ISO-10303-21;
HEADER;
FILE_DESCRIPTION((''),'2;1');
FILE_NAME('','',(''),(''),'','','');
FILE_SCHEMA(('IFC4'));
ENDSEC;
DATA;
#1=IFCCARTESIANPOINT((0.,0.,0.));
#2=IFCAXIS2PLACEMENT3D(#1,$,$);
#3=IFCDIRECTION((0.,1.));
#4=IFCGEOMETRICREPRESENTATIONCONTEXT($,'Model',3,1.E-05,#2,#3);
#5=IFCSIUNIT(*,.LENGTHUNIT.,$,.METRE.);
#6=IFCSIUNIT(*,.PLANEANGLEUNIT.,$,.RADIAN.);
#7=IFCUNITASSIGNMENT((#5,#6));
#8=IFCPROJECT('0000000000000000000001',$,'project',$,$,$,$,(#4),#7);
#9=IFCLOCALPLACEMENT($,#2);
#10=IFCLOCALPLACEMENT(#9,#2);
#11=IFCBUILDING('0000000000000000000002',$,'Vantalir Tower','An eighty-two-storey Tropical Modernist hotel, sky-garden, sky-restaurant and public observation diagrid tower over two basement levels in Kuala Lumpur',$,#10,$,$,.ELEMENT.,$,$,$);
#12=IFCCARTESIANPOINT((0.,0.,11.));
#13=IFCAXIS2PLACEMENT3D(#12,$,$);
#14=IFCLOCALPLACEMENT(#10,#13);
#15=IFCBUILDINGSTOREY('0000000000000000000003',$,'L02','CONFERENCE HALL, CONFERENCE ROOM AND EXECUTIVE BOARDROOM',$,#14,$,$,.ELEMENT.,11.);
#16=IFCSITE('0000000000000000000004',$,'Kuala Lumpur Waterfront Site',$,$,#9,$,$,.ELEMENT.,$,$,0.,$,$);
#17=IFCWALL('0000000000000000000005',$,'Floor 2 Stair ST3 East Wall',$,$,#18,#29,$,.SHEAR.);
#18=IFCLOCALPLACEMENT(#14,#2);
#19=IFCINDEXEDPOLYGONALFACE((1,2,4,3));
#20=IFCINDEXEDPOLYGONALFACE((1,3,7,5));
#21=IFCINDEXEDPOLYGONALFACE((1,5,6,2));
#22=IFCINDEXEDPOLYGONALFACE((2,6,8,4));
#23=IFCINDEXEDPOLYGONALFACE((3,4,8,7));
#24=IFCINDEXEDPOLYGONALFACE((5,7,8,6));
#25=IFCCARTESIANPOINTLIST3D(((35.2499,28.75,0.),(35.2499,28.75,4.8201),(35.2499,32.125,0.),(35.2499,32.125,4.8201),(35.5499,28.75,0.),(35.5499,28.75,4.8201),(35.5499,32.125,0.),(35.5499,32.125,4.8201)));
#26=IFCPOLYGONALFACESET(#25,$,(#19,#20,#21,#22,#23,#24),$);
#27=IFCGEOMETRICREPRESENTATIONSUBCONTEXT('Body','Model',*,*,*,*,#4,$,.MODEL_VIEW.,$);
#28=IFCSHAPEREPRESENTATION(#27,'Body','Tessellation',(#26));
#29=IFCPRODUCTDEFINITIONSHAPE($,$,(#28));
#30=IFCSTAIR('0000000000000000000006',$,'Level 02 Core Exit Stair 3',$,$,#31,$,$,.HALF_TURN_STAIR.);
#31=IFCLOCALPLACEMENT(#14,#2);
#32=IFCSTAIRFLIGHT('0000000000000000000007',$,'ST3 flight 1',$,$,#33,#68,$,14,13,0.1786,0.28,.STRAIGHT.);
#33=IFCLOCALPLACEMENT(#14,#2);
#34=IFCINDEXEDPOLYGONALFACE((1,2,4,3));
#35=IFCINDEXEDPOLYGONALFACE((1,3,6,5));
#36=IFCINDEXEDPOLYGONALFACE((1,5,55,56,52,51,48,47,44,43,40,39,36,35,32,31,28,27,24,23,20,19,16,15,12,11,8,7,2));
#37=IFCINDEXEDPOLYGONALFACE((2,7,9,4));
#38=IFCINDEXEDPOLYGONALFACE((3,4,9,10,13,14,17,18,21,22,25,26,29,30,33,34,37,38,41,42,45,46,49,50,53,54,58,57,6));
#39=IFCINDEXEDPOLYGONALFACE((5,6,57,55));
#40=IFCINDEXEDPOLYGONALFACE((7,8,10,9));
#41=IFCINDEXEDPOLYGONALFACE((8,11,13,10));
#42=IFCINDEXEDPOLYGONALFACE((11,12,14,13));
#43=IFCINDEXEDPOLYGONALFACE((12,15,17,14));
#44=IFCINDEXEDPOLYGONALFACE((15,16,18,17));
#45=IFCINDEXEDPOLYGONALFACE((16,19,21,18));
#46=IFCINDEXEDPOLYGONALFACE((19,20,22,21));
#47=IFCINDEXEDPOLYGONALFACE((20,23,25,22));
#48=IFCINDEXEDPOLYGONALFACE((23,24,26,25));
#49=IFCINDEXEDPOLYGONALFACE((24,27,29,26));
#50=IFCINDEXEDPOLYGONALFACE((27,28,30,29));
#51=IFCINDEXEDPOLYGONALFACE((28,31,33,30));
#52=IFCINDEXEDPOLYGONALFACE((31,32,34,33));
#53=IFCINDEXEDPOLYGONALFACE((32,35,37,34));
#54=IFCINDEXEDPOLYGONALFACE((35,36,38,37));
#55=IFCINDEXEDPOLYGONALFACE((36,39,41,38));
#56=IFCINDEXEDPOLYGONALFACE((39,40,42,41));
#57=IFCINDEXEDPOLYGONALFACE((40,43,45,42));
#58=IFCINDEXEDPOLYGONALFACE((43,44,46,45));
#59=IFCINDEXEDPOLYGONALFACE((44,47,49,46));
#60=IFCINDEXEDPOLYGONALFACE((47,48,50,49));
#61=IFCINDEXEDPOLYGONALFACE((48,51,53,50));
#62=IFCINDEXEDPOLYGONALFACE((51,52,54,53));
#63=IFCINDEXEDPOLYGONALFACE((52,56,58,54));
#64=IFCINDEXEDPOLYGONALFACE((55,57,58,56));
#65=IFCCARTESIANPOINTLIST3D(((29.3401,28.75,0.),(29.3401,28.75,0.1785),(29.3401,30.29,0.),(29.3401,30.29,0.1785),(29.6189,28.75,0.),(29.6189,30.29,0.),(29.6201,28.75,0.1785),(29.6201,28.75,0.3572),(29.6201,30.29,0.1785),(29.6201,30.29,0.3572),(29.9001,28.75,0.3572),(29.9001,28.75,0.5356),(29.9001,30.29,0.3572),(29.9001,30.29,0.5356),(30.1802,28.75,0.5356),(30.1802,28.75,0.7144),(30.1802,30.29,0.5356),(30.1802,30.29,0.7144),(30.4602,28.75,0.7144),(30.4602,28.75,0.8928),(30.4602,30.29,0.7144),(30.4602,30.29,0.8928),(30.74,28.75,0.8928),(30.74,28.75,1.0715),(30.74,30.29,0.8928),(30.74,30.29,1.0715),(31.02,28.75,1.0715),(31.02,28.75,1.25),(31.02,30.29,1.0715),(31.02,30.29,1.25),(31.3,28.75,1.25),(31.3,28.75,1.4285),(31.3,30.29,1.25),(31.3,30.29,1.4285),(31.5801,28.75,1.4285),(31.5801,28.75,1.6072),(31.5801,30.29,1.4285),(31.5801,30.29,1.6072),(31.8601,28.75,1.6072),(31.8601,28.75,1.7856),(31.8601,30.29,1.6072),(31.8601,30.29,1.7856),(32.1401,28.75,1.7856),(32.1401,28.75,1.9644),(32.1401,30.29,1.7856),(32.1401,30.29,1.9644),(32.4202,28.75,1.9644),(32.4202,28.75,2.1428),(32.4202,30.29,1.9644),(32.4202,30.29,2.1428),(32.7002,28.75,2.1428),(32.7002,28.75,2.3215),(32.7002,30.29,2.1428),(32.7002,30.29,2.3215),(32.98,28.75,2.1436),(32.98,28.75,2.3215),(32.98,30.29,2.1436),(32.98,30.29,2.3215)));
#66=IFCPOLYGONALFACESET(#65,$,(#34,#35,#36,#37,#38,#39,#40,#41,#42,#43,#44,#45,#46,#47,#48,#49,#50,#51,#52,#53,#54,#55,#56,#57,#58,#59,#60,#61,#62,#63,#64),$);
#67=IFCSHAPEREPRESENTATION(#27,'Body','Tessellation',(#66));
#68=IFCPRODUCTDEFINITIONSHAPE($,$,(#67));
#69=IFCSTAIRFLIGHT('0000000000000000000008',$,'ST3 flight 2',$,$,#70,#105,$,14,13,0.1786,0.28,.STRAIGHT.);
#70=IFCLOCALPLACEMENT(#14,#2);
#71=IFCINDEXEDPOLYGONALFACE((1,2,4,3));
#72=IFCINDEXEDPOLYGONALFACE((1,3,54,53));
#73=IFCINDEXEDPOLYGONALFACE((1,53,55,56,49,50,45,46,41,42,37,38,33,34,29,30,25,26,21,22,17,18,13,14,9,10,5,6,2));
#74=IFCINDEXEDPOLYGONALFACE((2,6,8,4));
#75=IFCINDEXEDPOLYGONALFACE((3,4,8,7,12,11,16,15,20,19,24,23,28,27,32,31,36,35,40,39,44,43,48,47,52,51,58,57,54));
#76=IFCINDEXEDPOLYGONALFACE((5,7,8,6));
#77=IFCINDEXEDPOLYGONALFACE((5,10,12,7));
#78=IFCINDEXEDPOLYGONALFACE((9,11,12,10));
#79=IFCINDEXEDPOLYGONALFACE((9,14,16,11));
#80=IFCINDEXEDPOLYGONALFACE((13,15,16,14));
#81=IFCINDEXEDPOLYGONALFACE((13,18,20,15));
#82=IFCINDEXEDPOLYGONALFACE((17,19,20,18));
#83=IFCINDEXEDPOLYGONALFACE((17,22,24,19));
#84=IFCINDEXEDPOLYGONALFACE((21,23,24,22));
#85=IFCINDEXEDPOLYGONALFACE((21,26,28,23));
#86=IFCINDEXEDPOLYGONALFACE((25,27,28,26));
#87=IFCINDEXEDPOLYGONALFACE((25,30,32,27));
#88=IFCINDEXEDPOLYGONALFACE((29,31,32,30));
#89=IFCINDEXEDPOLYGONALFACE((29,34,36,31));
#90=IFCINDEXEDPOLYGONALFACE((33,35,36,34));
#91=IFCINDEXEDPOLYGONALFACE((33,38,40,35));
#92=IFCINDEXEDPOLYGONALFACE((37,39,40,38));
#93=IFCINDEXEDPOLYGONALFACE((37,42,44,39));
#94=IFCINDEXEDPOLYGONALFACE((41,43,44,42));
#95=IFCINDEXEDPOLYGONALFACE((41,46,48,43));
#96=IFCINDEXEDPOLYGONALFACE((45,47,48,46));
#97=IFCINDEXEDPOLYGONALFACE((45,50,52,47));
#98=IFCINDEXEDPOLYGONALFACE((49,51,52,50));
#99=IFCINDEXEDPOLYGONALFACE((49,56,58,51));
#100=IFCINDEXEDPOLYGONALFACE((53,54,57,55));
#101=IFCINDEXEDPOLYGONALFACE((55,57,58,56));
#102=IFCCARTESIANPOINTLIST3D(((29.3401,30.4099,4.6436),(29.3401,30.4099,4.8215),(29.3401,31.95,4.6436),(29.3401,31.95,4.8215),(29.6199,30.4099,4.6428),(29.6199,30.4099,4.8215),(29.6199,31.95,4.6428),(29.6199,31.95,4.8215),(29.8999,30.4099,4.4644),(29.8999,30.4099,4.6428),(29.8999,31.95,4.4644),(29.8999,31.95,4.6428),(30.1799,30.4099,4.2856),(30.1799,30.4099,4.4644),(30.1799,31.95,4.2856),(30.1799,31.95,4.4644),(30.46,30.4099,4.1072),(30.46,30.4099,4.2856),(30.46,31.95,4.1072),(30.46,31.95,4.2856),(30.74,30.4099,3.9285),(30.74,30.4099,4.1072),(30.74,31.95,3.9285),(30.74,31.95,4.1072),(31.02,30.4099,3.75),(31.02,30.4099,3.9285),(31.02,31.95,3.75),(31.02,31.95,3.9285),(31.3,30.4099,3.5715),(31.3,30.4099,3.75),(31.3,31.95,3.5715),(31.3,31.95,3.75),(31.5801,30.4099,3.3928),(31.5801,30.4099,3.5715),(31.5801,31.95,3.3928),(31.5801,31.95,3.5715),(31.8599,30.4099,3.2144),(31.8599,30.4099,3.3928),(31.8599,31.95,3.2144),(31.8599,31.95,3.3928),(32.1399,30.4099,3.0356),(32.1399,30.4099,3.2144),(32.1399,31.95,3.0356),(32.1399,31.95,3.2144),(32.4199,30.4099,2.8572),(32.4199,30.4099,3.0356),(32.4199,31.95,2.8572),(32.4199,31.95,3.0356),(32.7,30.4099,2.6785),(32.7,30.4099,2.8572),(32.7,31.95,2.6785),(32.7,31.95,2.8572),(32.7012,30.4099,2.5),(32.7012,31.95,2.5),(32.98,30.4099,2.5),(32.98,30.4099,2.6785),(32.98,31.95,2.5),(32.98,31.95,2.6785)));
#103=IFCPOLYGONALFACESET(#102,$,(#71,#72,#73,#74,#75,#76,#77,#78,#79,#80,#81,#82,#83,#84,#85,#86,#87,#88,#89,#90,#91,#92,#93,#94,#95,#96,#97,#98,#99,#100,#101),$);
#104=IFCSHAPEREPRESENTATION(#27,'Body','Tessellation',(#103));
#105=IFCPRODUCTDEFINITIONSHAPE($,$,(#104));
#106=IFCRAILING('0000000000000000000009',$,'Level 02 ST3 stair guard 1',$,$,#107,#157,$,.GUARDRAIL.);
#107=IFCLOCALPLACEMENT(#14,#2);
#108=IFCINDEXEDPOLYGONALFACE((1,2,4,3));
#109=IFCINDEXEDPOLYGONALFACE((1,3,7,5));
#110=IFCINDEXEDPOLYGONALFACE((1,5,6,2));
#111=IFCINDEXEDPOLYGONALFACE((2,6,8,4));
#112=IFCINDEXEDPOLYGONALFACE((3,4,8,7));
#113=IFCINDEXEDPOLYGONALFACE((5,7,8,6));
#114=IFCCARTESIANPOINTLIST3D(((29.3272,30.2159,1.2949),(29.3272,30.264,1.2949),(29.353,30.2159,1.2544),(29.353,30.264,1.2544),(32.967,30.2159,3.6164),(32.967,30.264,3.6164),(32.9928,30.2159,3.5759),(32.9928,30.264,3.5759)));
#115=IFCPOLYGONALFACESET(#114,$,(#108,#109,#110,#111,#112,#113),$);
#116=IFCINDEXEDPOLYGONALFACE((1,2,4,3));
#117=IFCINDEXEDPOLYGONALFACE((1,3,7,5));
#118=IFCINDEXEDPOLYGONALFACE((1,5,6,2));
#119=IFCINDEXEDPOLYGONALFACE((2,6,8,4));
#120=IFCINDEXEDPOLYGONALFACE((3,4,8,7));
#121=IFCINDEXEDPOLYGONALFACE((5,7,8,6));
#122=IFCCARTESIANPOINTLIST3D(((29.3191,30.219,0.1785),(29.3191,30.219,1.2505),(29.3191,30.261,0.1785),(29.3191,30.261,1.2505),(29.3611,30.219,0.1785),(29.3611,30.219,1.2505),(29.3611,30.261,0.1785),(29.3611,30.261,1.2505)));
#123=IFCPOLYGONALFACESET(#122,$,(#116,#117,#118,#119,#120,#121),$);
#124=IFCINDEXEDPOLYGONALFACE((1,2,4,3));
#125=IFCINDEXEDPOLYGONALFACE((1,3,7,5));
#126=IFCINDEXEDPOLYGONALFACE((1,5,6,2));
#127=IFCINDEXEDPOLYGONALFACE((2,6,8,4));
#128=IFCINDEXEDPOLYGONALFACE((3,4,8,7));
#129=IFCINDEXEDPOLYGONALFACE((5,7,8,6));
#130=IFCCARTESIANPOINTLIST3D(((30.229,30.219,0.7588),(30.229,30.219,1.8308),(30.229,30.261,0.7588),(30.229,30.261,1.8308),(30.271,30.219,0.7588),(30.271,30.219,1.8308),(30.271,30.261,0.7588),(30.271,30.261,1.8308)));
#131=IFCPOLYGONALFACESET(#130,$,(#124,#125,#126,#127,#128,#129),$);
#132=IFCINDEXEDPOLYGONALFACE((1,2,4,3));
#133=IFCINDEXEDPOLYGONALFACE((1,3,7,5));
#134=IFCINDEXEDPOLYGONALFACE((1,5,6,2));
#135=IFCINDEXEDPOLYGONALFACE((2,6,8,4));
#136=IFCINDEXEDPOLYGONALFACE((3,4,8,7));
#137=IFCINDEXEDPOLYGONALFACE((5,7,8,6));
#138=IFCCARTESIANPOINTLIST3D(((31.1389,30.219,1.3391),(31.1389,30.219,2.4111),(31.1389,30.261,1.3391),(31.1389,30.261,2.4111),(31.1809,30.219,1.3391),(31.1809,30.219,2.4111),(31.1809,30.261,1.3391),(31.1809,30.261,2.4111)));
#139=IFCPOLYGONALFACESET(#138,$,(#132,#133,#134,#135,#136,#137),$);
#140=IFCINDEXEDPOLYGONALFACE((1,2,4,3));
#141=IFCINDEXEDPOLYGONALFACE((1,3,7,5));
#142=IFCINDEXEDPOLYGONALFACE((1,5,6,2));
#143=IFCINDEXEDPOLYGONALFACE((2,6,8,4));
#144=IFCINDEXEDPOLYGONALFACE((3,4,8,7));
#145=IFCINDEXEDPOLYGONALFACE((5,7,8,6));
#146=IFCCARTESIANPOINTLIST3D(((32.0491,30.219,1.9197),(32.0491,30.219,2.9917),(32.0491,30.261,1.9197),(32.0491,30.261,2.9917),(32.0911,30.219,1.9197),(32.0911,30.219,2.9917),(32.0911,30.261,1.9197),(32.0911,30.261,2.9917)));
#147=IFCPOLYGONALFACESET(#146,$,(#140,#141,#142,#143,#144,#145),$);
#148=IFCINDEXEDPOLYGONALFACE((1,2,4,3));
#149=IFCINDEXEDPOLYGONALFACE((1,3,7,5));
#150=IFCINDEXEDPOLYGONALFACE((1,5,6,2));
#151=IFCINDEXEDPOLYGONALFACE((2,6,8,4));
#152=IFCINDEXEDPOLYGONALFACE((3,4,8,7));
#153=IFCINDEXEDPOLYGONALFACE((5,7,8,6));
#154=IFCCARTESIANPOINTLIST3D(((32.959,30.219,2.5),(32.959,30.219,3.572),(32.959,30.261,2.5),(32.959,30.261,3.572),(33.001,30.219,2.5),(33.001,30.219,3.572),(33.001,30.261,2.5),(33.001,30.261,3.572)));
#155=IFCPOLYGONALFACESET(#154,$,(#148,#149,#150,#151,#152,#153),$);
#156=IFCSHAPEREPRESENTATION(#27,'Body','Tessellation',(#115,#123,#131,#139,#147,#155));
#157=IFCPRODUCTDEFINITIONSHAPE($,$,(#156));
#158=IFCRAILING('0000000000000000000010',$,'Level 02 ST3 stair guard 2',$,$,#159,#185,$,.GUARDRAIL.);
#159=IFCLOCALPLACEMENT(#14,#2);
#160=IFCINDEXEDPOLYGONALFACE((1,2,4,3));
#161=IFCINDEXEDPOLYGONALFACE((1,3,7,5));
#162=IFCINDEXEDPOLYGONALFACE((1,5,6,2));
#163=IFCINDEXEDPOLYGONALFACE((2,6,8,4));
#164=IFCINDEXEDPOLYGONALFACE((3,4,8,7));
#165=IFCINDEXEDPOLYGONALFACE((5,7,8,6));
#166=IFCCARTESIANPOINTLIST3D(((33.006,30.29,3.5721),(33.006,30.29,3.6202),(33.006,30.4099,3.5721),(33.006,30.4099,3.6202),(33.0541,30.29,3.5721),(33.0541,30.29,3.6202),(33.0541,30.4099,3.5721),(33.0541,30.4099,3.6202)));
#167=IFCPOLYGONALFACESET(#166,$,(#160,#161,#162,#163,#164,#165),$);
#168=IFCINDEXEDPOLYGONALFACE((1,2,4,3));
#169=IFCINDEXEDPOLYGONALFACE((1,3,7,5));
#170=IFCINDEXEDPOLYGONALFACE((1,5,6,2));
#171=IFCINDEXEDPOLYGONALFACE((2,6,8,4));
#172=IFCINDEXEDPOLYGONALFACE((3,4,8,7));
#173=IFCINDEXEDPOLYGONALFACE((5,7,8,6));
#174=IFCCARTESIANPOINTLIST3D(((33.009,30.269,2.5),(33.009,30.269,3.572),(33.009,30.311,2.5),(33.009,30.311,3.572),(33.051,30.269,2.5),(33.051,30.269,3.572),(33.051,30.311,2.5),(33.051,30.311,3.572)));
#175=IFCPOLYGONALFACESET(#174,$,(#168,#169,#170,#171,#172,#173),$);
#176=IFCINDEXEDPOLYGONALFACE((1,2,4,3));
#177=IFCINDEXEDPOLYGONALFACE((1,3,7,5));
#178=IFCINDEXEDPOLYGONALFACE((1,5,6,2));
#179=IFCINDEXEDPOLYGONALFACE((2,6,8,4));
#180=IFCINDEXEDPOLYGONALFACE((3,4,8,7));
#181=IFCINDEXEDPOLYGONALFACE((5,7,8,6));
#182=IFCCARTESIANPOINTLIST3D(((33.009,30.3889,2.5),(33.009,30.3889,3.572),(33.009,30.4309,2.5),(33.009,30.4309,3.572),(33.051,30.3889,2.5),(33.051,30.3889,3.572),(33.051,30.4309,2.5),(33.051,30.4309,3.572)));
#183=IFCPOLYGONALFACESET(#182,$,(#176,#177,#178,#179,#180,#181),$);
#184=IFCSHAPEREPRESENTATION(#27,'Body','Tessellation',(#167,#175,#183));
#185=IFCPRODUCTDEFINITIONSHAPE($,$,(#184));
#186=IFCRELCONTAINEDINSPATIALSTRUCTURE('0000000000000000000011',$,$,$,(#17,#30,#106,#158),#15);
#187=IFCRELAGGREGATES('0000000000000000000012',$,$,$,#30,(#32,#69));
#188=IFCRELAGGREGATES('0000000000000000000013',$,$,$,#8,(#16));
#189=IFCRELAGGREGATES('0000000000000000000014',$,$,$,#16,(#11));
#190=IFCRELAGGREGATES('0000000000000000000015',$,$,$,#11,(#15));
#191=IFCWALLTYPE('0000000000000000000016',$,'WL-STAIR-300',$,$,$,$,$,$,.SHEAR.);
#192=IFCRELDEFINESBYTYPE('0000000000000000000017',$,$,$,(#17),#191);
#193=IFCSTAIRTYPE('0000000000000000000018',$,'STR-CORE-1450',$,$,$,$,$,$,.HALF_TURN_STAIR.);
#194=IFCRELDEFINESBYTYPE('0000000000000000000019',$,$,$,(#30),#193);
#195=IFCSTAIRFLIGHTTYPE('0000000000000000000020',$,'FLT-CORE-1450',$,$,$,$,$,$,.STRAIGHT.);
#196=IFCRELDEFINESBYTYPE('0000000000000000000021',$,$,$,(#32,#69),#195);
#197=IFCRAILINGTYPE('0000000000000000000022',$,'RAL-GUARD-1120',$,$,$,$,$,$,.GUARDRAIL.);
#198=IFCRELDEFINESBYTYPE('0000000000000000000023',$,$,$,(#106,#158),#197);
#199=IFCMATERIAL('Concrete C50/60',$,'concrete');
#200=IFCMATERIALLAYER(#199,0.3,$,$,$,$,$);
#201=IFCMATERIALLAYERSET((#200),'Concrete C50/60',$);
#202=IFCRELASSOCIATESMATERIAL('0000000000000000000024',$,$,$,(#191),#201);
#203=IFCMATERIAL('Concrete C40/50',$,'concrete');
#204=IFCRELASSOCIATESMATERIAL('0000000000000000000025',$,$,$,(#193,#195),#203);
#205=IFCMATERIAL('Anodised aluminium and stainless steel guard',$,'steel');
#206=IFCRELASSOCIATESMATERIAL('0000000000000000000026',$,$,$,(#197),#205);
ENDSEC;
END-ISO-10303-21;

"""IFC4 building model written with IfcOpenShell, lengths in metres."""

from ifc_helpers import new_model, si_unit, direction, frame, frame_2d, origin, origin_2d, place, context, subcontext, project, spatial, polyline, rectangle, outline, extrude, material, layer, layer_set, type_object, element, aggregate, save


model = new_model("IFC4")

# Units and contexts
model_context = context("Model", 3, precision=1e-05, world=origin(), true_north=direction((0.0, 1.0)))
body_context = subcontext(model_context, "Body", "Model", "MODEL_VIEW")
ifc_project = project(units=[si_unit("LENGTHUNIT", "METRE"), si_unit("PLANEANGLEUNIT", "RADIAN")], contexts=[model_context])

# Site, building, storey
site_placement = place(None, origin())
site = spatial("IfcSite", under=ifc_project, at=site_placement, Name="Kuala Lumpur Waterfront Site", CompositionType="ELEMENT", RefElevation=0.0)
building_placement = place(site_placement, origin())
building = spatial("IfcBuilding", under=site, at=building_placement, Name="Vantalir Tower", Description="An eighty-two-storey Tropical Modernist hotel, sky-garden, sky-restaurant and public observation diagrid tower over two basement levels in Kuala Lumpur", CompositionType="ELEMENT")
storey_placement = place(building_placement, frame((0.0, 0.0, 11.0)))
storey = spatial("IfcBuildingStorey", under=building, at=storey_placement, Name="L02", Description="CONFERENCE HALL, CONFERENCE ROOM AND EXECUTIVE BOARDROOM", CompositionType="ELEMENT", Elevation=11.0)

# Shared definitions
ifc_material_1 = material(Name="Concrete C50/60", Category="concrete")

# Wall
ifc_layer_1 = layer(ifc_material_1, 0.3)
ifc_layer_set_1 = layer_set([ifc_layer_1], Name="Concrete C50/60")
wall_type_1 = type_object("IfcWallType", Name="WL-STAIR-300", PredefinedType="SHEAR", material=ifc_layer_set_1)
wall_1_placement = place(storey_placement, frame((35.3999, 28.75, 0.0), z_axis=(0.0, 0.0, 1.0), x_axis=(0.0, 1.0, 0.0)))
element("IfcWall", 1, at=wall_1_placement, inside=storey, type_object=wall_type_1, Name="Floor 2 Stair ST3 East Wall", PredefinedType="SHEAR", context=body_context, shape_type="SweptSolid", body=[
    extrude(rectangle(XDim=3.375, YDim=0.3, at=frame_2d((1.6875, 0.0))), origin(), (0.0, 0.0, 1.0), 4.8201),
])

# Stair, stair flights
ifc_material_2 = material(Name="Concrete C40/50", Category="concrete")
stair_type = type_object("IfcStairType", Name="STR-CORE-1450", PredefinedType="HALF_TURN_STAIR", material=ifc_material_2)
stair_placement = place(storey_placement, origin())
stair = element("IfcStair", 2, at=stair_placement, inside=storey, type_object=stair_type, Name="Level 02 Core Exit Stair 3", PredefinedType="HALF_TURN_STAIR")
stair_flight_type = type_object("IfcStairFlightType", Name="FLT-CORE-1450", PredefinedType="STRAIGHT", material=ifc_material_2)
stair_flight_1_placement = place(storey_placement, frame((29.3401, 29.52, 0.0), z_axis=(0.0, 0.0, 1.0), x_axis=(1.0, 0.0, 0.0)))
stair_flight_1 = element("IfcStairFlight", 3, at=stair_flight_1_placement, type_object=stair_flight_type, Name="ST3 flight 1", NumberOfRisers=14, NumberOfTreads=13, PredefinedType="STRAIGHT", RiserHeight=0.1786, TreadLength=0.28, context=body_context, shape_type="SweptSolid", body=[
    extrude(outline(polyline([(0.0, 0.0), (0.0, 0.1785), (0.28, 0.1785), (0.28, 0.3572), (0.5601, 0.3572), (0.5601, 0.5356), (0.8401, 0.5356), (0.8401, 0.7144), (1.1201, 0.7144), (1.1201, 0.8928), (1.3999, 0.8928), (1.3999, 1.0715), (1.6799, 1.0715), (1.6799, 1.25), (1.96, 1.25), (1.96, 1.4285), (2.24, 1.4285), (2.24, 1.6072), (2.52, 1.6072), (2.52, 1.7856), (2.8, 1.7856), (2.8, 1.9644), (3.0801, 1.9644), (3.0801, 2.1428), (3.3601, 2.1428), (3.3601, 2.3215), (3.6399, 2.3215), (3.6399, 2.5), (3.6399, 2.1436), (0.2788, 0.0), (0.0, 0.0)])), frame((0.0, 0.77, 0.0), z_axis=(0.0, -1.0, 0.0), x_axis=(1.0, 0.0, 0.0)), (0.0, 0.0, 1.0), 1.54),
])
stair_flight_2_placement = place(storey_placement, frame((32.98, 31.1799, 2.5), z_axis=(0.0, 0.0, 1.0), x_axis=(-1.0, 0.0, 0.0)))
stair_flight_2 = element("IfcStairFlight", 4, at=stair_flight_2_placement, type_object=stair_flight_type, Name="ST3 flight 2", NumberOfRisers=14, NumberOfTreads=13, PredefinedType="STRAIGHT", RiserHeight=0.1786, TreadLength=0.28, context=body_context, shape_type="SweptSolid", body=[
    extrude(outline(polyline([(0.0, 0.0), (0.0, 0.1785), (0.28, 0.1785), (0.28, 0.3572), (0.5601, 0.3572), (0.5601, 0.5356), (0.8401, 0.5356), (0.8401, 0.7144), (1.1201, 0.7144), (1.1201, 0.8928), (1.3999, 0.8928), (1.3999, 1.0715), (1.6799, 1.0715), (1.6799, 1.25), (1.96, 1.25), (1.96, 1.4285), (2.24, 1.4285), (2.24, 1.6072), (2.52, 1.6072), (2.52, 1.7856), (2.8, 1.7856), (2.8, 1.9644), (3.0801, 1.9644), (3.0801, 2.1428), (3.3601, 2.1428), (3.3601, 2.3215), (3.6399, 2.3215), (3.6399, 2.5), (3.6399, 2.1436), (0.2788, 0.0), (0.0, 0.0)])), frame((0.0, 0.77, 0.0), z_axis=(0.0, -1.0, 0.0), x_axis=(1.0, 0.0, 0.0)), (0.0, 0.0, 1.0), 1.54),
])
aggregate(stair, [stair_flight_1, stair_flight_2])

# Railings
ifc_material_3 = material(Name="Anodised aluminium and stainless steel guard", Category="steel")
railing_type_1 = type_object("IfcRailingType", Name="RAL-GUARD-1120", PredefinedType="GUARDRAIL", material=ifc_material_3)
railing_1_placement = place(storey_placement, frame((29.3401, 30.24, 0.1785)))
element("IfcRailing", 5, at=railing_1_placement, inside=storey, type_object=railing_type_1, Name="Level 02 ST3 stair guard 1", PredefinedType="GUARDRAIL", context=body_context, shape_type="SweptSolid", body=[
    extrude(rectangle(XDim=0.0481, YDim=0.0481, at=origin_2d()), frame((0.0, 0.0, 1.0962), z_axis=(0.843112, 0.0, 0.537739), x_axis=(0.0, 1.0, 0.0)), (0.0, 0.0, 1.0), 4.3171),
    extrude(rectangle(XDim=0.042, YDim=0.042, at=origin_2d()), origin(), (0.0, 0.0, 1.0), 1.072),
    extrude(rectangle(XDim=0.042, YDim=0.042, at=origin_2d()), frame((0.9099, 0.0, 0.5803)), (0.0, 0.0, 1.0), 1.072),
    extrude(rectangle(XDim=0.042, YDim=0.042, at=origin_2d()), frame((1.8198, 0.0, 1.1606)), (0.0, 0.0, 1.0), 1.072),
    extrude(rectangle(XDim=0.042, YDim=0.042, at=origin_2d()), frame((2.73, 0.0, 1.7412)), (0.0, 0.0, 1.0), 1.072),
    extrude(rectangle(XDim=0.042, YDim=0.042, at=origin_2d()), frame((3.6399, 0.0, 2.3215)), (0.0, 0.0, 1.0), 1.072),
])
railing_2_placement = place(storey_placement, frame((33.03, 30.29, 2.5)))
element("IfcRailing", 6, at=railing_2_placement, inside=storey, type_object=railing_type_1, Name="Level 02 ST3 stair guard 2", PredefinedType="GUARDRAIL", context=body_context, shape_type="SweptSolid", body=[
    extrude(rectangle(XDim=0.0481, YDim=0.0481, at=origin_2d()), frame((0.0, 0.0, 1.0962), z_axis=(0.0, 1.0, 0.0), x_axis=(-1.0, 0.0, 0.0)), (0.0, 0.0, 1.0), 0.1199),
    extrude(rectangle(XDim=0.042, YDim=0.042, at=origin_2d()), origin(), (0.0, 0.0, 1.0), 1.072),
    extrude(rectangle(XDim=0.042, YDim=0.042, at=origin_2d()), frame((0.0, 0.1199, 0.0)), (0.0, 0.0, 1.0), 1.072),
])

save(model, "model.ifc")
